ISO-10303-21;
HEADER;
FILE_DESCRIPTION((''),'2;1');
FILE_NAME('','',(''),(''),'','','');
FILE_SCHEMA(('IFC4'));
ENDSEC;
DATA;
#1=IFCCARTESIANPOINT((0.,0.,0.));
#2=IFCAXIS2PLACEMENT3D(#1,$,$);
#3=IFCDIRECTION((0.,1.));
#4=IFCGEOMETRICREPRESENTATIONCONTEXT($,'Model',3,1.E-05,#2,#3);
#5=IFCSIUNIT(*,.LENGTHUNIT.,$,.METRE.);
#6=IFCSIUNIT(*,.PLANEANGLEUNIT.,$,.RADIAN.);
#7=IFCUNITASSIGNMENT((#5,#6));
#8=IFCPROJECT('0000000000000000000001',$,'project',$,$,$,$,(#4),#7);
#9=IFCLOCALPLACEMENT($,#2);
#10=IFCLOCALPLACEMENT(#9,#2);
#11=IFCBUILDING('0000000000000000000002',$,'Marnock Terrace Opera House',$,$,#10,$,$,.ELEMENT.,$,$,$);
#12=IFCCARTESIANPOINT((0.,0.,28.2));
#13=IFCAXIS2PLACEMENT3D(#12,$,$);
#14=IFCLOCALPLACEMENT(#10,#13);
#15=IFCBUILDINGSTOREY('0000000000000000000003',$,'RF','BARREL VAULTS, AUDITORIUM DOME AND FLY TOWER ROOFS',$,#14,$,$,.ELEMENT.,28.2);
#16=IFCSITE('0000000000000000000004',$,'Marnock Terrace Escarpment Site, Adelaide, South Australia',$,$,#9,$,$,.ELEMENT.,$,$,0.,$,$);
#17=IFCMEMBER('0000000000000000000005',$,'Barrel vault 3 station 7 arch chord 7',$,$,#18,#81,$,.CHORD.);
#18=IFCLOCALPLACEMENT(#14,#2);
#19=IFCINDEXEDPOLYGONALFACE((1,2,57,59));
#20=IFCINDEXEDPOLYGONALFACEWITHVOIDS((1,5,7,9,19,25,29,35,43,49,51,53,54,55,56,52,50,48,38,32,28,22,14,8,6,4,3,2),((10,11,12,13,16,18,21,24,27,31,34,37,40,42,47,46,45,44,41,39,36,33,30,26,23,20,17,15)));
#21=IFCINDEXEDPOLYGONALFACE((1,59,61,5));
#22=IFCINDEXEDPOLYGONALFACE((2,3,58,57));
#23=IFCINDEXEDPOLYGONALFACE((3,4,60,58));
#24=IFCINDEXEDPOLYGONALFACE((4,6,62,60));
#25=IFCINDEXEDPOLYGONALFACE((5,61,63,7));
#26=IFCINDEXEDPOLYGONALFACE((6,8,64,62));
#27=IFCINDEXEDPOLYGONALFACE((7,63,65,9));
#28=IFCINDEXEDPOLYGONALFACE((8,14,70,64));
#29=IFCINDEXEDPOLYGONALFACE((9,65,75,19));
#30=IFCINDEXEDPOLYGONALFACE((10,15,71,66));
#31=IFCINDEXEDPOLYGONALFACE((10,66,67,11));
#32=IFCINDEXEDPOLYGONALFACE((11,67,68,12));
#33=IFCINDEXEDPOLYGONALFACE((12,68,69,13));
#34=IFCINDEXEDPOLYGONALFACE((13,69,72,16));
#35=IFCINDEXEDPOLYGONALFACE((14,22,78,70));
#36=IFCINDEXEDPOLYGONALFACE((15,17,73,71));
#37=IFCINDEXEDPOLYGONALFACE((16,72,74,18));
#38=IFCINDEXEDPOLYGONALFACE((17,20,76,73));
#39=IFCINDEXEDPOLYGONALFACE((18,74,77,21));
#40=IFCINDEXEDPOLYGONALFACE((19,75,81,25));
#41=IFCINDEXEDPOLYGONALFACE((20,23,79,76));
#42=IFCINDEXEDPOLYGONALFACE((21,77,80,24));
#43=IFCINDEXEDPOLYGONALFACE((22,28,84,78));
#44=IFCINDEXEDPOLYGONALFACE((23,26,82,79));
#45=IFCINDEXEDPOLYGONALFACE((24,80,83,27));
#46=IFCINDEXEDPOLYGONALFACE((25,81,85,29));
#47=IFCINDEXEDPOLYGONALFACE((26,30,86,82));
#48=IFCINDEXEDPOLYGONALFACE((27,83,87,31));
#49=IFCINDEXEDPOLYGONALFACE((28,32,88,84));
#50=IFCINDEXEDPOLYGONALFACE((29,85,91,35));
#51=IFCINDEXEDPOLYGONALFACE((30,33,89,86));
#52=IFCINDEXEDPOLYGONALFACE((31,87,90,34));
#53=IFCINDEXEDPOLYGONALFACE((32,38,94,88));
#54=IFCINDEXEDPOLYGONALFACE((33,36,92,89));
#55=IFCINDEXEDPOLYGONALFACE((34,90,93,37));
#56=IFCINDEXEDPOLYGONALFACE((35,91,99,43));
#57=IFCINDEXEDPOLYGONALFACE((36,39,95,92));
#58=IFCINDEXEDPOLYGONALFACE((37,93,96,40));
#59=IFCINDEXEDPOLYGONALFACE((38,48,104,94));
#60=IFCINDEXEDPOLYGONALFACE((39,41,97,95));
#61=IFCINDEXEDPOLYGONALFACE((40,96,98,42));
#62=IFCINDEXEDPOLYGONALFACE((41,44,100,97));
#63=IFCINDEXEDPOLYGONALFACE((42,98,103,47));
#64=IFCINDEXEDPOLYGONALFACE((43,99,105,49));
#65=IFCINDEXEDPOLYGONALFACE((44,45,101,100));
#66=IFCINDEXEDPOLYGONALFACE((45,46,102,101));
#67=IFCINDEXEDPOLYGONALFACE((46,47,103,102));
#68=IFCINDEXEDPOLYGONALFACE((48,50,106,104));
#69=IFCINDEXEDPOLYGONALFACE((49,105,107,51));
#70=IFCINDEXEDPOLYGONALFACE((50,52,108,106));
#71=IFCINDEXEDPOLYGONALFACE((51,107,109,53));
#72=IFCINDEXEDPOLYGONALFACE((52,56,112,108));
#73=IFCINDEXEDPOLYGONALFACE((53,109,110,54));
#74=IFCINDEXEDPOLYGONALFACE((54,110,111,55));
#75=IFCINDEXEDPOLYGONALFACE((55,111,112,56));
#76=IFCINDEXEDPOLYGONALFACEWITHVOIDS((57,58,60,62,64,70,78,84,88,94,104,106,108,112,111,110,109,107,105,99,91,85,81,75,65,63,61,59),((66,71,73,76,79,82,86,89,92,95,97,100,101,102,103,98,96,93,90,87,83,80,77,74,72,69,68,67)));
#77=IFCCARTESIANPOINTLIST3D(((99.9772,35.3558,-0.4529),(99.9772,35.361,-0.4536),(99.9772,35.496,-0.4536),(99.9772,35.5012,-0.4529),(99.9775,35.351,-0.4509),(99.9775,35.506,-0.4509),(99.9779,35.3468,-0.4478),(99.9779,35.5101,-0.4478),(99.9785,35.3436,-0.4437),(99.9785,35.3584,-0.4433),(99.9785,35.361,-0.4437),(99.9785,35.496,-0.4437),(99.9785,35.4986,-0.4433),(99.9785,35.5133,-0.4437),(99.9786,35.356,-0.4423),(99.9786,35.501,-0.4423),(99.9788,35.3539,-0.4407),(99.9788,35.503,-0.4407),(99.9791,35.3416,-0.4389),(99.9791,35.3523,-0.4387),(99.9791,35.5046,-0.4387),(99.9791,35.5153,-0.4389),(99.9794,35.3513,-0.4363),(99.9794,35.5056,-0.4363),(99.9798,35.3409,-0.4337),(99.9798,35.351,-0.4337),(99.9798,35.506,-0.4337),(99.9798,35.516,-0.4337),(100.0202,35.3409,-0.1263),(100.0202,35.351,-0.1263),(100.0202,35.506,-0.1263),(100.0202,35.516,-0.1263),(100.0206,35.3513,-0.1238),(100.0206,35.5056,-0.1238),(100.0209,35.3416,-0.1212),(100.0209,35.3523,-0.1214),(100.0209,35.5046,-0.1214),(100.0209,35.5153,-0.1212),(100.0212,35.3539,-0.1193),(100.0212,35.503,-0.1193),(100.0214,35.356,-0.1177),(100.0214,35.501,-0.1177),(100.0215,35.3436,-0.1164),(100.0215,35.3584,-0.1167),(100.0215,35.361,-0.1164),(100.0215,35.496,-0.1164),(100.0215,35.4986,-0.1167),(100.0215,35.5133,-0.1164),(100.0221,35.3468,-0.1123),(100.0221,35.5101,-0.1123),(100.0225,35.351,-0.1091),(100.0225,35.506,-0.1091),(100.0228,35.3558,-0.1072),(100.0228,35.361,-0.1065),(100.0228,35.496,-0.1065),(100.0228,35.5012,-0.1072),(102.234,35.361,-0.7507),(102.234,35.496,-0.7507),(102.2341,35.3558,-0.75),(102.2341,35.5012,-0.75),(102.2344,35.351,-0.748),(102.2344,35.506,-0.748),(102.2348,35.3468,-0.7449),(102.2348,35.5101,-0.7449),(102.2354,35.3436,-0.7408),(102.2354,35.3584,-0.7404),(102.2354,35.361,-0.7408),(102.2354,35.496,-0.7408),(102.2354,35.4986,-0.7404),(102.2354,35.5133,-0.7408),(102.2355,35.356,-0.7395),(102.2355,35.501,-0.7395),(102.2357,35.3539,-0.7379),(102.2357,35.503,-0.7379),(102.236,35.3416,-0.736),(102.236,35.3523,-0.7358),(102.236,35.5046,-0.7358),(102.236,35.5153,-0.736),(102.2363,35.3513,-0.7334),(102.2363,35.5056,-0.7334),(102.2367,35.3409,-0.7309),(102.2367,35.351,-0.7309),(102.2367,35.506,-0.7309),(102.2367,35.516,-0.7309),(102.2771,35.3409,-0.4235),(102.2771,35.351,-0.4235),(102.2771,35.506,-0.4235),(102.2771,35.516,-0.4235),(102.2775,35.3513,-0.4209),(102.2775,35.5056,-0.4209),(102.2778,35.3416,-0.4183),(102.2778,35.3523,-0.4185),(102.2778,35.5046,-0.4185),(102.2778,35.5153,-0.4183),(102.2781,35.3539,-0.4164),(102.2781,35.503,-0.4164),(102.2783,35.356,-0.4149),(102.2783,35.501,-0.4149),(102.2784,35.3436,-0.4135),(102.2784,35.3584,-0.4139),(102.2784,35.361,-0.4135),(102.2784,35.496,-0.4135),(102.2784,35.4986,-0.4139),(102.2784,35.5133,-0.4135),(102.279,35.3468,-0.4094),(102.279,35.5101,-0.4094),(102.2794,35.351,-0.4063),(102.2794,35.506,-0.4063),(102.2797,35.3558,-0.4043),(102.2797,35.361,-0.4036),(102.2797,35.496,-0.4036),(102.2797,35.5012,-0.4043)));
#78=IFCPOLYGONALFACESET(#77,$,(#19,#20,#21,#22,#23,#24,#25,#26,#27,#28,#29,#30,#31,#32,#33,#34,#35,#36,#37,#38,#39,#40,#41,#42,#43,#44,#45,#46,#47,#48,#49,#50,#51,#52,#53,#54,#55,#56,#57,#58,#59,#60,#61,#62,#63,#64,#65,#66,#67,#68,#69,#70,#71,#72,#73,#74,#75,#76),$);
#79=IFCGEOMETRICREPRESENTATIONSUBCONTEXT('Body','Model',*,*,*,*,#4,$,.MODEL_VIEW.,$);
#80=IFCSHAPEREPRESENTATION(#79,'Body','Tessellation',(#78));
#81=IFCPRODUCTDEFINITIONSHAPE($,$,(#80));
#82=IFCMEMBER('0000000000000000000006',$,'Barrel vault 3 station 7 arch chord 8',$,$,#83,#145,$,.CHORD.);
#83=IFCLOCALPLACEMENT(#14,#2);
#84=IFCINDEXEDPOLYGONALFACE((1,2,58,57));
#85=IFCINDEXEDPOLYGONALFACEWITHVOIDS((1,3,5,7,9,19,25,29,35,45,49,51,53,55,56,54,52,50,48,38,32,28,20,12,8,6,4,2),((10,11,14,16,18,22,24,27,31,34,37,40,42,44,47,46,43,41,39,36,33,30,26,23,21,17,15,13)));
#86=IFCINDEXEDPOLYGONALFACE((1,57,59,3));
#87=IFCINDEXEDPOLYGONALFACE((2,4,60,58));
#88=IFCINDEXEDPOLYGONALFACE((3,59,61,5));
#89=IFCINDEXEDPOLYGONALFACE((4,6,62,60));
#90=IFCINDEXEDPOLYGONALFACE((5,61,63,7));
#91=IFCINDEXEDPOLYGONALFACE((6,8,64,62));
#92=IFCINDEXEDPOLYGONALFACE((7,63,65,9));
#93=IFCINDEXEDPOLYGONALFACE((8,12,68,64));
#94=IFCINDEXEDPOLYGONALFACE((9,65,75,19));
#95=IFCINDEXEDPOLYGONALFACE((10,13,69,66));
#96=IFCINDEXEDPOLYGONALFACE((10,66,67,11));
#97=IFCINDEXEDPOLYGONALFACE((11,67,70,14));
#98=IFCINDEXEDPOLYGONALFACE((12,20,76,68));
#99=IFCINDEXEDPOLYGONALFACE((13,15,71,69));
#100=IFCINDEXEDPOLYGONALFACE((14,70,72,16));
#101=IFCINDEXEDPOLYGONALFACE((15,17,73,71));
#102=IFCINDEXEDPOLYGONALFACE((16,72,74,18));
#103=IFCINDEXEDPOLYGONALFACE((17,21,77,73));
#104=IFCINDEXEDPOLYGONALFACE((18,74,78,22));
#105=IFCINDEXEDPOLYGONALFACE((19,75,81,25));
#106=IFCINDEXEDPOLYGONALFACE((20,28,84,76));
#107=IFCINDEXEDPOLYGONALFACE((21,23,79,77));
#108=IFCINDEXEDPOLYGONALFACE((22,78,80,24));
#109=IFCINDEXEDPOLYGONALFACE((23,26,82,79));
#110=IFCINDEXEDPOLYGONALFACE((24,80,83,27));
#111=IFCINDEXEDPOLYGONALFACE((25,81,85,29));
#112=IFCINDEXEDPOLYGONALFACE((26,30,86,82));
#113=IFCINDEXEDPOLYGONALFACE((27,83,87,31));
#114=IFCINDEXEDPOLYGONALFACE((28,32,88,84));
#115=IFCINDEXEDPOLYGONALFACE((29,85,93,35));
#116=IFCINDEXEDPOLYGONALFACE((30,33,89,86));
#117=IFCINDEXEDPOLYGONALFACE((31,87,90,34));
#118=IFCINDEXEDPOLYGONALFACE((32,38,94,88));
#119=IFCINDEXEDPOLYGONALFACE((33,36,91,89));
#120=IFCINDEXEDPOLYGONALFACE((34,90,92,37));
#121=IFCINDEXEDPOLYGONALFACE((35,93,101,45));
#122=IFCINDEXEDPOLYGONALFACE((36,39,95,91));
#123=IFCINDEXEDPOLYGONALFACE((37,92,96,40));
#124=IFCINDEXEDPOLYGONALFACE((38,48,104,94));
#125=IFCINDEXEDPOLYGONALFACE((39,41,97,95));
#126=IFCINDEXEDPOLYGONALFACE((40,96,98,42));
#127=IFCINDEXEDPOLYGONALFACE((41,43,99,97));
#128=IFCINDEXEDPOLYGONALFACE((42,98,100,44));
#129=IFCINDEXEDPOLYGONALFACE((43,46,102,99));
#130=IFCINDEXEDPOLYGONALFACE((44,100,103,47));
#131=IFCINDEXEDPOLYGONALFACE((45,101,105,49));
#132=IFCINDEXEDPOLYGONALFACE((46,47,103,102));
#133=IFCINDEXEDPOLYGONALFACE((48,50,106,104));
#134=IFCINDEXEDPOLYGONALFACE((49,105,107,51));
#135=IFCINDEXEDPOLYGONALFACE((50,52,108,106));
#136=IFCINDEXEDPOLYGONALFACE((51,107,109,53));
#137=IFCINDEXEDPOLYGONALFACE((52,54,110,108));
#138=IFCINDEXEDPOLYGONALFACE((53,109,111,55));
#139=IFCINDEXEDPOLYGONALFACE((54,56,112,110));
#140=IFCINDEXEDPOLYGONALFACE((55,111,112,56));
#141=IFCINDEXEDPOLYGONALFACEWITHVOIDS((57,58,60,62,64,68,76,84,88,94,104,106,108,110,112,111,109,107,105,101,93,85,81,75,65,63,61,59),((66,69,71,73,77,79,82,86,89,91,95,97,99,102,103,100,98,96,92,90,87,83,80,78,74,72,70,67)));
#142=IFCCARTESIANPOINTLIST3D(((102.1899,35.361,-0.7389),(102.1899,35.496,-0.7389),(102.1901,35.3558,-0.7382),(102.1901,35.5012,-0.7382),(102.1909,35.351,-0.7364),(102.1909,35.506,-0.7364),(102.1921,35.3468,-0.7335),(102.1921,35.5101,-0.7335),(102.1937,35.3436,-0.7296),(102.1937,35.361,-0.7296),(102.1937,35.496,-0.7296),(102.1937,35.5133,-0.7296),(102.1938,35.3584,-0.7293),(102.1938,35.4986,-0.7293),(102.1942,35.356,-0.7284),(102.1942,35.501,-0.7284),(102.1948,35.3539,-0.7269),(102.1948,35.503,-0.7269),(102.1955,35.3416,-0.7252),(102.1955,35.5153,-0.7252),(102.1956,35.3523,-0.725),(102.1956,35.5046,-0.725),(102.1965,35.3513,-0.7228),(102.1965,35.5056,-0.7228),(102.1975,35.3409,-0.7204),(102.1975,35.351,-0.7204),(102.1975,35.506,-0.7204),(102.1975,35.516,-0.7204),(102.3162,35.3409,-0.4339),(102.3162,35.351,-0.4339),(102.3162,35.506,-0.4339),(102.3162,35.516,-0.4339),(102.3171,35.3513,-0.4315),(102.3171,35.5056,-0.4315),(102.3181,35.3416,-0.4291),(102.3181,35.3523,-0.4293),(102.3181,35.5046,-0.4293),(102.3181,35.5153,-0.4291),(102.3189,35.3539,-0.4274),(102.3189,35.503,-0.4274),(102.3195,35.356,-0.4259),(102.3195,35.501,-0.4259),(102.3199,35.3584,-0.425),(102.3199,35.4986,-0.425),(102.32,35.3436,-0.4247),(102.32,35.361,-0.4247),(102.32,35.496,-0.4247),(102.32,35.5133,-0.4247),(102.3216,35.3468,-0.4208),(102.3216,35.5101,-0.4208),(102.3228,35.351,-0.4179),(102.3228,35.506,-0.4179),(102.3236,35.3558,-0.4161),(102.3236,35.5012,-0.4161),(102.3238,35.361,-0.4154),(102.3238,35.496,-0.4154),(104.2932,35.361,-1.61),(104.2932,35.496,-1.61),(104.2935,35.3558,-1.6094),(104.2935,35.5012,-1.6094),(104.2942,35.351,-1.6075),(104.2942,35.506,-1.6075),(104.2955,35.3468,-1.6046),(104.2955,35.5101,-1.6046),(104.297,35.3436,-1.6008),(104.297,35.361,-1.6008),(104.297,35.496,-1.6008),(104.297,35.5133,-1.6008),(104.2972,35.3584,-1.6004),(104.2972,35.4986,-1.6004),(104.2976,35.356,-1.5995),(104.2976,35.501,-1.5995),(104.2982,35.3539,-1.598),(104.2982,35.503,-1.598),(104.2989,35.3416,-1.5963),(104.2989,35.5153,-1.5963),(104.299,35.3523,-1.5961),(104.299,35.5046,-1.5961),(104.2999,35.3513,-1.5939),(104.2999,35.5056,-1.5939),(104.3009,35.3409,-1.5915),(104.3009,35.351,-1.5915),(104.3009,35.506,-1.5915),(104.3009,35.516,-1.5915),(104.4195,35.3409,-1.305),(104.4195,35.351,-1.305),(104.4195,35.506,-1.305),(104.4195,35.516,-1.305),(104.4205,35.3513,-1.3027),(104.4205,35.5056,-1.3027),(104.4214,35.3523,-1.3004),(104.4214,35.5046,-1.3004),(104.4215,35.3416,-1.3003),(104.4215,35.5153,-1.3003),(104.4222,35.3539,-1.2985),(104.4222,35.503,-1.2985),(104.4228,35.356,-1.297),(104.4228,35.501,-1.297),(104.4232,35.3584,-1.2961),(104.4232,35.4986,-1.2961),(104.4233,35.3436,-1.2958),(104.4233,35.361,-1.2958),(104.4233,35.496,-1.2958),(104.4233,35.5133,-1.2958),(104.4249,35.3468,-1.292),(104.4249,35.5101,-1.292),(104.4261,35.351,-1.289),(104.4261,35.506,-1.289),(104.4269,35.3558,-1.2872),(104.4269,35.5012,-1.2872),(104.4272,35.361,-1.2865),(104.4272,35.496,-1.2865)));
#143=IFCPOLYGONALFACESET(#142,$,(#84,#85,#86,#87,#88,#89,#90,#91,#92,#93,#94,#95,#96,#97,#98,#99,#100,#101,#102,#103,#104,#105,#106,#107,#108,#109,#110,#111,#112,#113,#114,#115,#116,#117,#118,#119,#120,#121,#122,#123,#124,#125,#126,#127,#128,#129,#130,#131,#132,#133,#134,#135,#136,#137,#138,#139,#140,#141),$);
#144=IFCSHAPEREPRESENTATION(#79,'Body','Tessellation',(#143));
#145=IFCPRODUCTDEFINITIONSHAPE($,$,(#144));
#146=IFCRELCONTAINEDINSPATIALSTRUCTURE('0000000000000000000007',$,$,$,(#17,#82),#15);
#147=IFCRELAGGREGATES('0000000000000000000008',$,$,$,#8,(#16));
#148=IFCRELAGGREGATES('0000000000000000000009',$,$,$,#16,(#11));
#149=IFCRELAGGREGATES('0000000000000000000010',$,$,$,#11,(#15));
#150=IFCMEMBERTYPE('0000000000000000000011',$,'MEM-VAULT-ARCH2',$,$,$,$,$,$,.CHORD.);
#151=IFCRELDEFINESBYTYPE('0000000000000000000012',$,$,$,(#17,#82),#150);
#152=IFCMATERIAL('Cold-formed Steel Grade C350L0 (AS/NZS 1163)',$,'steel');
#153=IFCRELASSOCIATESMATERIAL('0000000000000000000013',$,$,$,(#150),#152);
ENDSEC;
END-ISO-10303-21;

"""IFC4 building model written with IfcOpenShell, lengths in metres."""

from ifc_helpers import new_model, si_unit, direction, frame, origin, origin_2d, place, context, subcontext, project, spatial, hollow_rectangle, extrude, material, material_profile, profile_set, type_object, element, save


model = new_model("IFC4")

# Units and contexts
model_context = context("Model", 3, precision=1e-05, world=origin(), true_north=direction((0.0, 1.0)))
body_context = subcontext(model_context, "Body", "Model", "MODEL_VIEW")
ifc_project = project(units=[si_unit("LENGTHUNIT", "METRE"), si_unit("PLANEANGLEUNIT", "RADIAN")], contexts=[model_context])

# Site, building, storey
site_placement = place(None, origin())
site = spatial("IfcSite", under=ifc_project, at=site_placement, Name="Marnock Terrace Escarpment Site, Adelaide, South Australia", CompositionType="ELEMENT", RefElevation=0.0)
building_placement = place(site_placement, origin())
building = spatial("IfcBuilding", under=site, at=building_placement, Name="Marnock Terrace Opera House", CompositionType="ELEMENT")
storey_placement = place(building_placement, frame((0.0, 0.0, 28.2)))
storey = spatial("IfcBuildingStorey", under=building, at=storey_placement, Name="RF", Description="BARREL VAULTS, AUDITORIUM DOME AND FLY TOWER ROOFS", CompositionType="ELEMENT", Elevation=28.2)

# Members
ifc_material_1 = material(Name="Cold-formed Steel Grade C350L0 (AS/NZS 1163)", Category="steel")
ifc_material_profile_1 = material_profile(ifc_material_1, hollow_rectangle(XDim=0.175, YDim=0.3501, WallThickness=0.01, InnerFilletRadius=0.01, OuterFilletRadius=0.02, at=origin_2d()))
ifc_profile_set_1 = profile_set([ifc_material_profile_1], Name="Cold-formed Steel Grade C350L0 (AS/NZS 1163)")
member_type_1 = type_object("IfcMemberType", Name="MEM-VAULT-ARCH2", PredefinedType="CHORD", material=ifc_profile_set_1)
for number, where, z_axis, x_axis, name in (
    (1, (100.0, 35.4285, -0.28), (0.991445, 0.0, -0.130527), (0.0, 1.0, 0.0), "Barrel vault 3 station 7 arch chord 7"),
):
    element("IfcMember", number, at=place(storey_placement, frame(where, z_axis=z_axis, x_axis=x_axis)), inside=storey, type_object=member_type_1, Name=name, PredefinedType="CHORD", context=body_context, shape_type="SweptSolid", body=[
        extrude(hollow_rectangle(XDim=0.175, YDim=0.3501, WallThickness=0.01, InnerFilletRadius=0.01, OuterFilletRadius=0.02, at=origin_2d()), origin(), (0.0, 0.0, 1.0), 2.2764),
    ])
member_1_placement = place(storey_placement, frame((102.2568, 35.4285, -0.5771), z_axis=(0.923897, 0.0, -0.382642), x_axis=(0.0, 1.0, 0.0)))
element("IfcMember", 2, at=member_1_placement, inside=storey, type_object=member_type_1, Name="Barrel vault 3 station 7 arch chord 8", PredefinedType="CHORD", context=body_context, shape_type="SweptSolid", body=[
    extrude(hollow_rectangle(XDim=0.175, YDim=0.3501, WallThickness=0.01, InnerFilletRadius=0.01, OuterFilletRadius=0.02, at=origin_2d()), origin(), (0.0, 0.0, 1.0), 2.2766),
])

save(model, "model.ifc")
